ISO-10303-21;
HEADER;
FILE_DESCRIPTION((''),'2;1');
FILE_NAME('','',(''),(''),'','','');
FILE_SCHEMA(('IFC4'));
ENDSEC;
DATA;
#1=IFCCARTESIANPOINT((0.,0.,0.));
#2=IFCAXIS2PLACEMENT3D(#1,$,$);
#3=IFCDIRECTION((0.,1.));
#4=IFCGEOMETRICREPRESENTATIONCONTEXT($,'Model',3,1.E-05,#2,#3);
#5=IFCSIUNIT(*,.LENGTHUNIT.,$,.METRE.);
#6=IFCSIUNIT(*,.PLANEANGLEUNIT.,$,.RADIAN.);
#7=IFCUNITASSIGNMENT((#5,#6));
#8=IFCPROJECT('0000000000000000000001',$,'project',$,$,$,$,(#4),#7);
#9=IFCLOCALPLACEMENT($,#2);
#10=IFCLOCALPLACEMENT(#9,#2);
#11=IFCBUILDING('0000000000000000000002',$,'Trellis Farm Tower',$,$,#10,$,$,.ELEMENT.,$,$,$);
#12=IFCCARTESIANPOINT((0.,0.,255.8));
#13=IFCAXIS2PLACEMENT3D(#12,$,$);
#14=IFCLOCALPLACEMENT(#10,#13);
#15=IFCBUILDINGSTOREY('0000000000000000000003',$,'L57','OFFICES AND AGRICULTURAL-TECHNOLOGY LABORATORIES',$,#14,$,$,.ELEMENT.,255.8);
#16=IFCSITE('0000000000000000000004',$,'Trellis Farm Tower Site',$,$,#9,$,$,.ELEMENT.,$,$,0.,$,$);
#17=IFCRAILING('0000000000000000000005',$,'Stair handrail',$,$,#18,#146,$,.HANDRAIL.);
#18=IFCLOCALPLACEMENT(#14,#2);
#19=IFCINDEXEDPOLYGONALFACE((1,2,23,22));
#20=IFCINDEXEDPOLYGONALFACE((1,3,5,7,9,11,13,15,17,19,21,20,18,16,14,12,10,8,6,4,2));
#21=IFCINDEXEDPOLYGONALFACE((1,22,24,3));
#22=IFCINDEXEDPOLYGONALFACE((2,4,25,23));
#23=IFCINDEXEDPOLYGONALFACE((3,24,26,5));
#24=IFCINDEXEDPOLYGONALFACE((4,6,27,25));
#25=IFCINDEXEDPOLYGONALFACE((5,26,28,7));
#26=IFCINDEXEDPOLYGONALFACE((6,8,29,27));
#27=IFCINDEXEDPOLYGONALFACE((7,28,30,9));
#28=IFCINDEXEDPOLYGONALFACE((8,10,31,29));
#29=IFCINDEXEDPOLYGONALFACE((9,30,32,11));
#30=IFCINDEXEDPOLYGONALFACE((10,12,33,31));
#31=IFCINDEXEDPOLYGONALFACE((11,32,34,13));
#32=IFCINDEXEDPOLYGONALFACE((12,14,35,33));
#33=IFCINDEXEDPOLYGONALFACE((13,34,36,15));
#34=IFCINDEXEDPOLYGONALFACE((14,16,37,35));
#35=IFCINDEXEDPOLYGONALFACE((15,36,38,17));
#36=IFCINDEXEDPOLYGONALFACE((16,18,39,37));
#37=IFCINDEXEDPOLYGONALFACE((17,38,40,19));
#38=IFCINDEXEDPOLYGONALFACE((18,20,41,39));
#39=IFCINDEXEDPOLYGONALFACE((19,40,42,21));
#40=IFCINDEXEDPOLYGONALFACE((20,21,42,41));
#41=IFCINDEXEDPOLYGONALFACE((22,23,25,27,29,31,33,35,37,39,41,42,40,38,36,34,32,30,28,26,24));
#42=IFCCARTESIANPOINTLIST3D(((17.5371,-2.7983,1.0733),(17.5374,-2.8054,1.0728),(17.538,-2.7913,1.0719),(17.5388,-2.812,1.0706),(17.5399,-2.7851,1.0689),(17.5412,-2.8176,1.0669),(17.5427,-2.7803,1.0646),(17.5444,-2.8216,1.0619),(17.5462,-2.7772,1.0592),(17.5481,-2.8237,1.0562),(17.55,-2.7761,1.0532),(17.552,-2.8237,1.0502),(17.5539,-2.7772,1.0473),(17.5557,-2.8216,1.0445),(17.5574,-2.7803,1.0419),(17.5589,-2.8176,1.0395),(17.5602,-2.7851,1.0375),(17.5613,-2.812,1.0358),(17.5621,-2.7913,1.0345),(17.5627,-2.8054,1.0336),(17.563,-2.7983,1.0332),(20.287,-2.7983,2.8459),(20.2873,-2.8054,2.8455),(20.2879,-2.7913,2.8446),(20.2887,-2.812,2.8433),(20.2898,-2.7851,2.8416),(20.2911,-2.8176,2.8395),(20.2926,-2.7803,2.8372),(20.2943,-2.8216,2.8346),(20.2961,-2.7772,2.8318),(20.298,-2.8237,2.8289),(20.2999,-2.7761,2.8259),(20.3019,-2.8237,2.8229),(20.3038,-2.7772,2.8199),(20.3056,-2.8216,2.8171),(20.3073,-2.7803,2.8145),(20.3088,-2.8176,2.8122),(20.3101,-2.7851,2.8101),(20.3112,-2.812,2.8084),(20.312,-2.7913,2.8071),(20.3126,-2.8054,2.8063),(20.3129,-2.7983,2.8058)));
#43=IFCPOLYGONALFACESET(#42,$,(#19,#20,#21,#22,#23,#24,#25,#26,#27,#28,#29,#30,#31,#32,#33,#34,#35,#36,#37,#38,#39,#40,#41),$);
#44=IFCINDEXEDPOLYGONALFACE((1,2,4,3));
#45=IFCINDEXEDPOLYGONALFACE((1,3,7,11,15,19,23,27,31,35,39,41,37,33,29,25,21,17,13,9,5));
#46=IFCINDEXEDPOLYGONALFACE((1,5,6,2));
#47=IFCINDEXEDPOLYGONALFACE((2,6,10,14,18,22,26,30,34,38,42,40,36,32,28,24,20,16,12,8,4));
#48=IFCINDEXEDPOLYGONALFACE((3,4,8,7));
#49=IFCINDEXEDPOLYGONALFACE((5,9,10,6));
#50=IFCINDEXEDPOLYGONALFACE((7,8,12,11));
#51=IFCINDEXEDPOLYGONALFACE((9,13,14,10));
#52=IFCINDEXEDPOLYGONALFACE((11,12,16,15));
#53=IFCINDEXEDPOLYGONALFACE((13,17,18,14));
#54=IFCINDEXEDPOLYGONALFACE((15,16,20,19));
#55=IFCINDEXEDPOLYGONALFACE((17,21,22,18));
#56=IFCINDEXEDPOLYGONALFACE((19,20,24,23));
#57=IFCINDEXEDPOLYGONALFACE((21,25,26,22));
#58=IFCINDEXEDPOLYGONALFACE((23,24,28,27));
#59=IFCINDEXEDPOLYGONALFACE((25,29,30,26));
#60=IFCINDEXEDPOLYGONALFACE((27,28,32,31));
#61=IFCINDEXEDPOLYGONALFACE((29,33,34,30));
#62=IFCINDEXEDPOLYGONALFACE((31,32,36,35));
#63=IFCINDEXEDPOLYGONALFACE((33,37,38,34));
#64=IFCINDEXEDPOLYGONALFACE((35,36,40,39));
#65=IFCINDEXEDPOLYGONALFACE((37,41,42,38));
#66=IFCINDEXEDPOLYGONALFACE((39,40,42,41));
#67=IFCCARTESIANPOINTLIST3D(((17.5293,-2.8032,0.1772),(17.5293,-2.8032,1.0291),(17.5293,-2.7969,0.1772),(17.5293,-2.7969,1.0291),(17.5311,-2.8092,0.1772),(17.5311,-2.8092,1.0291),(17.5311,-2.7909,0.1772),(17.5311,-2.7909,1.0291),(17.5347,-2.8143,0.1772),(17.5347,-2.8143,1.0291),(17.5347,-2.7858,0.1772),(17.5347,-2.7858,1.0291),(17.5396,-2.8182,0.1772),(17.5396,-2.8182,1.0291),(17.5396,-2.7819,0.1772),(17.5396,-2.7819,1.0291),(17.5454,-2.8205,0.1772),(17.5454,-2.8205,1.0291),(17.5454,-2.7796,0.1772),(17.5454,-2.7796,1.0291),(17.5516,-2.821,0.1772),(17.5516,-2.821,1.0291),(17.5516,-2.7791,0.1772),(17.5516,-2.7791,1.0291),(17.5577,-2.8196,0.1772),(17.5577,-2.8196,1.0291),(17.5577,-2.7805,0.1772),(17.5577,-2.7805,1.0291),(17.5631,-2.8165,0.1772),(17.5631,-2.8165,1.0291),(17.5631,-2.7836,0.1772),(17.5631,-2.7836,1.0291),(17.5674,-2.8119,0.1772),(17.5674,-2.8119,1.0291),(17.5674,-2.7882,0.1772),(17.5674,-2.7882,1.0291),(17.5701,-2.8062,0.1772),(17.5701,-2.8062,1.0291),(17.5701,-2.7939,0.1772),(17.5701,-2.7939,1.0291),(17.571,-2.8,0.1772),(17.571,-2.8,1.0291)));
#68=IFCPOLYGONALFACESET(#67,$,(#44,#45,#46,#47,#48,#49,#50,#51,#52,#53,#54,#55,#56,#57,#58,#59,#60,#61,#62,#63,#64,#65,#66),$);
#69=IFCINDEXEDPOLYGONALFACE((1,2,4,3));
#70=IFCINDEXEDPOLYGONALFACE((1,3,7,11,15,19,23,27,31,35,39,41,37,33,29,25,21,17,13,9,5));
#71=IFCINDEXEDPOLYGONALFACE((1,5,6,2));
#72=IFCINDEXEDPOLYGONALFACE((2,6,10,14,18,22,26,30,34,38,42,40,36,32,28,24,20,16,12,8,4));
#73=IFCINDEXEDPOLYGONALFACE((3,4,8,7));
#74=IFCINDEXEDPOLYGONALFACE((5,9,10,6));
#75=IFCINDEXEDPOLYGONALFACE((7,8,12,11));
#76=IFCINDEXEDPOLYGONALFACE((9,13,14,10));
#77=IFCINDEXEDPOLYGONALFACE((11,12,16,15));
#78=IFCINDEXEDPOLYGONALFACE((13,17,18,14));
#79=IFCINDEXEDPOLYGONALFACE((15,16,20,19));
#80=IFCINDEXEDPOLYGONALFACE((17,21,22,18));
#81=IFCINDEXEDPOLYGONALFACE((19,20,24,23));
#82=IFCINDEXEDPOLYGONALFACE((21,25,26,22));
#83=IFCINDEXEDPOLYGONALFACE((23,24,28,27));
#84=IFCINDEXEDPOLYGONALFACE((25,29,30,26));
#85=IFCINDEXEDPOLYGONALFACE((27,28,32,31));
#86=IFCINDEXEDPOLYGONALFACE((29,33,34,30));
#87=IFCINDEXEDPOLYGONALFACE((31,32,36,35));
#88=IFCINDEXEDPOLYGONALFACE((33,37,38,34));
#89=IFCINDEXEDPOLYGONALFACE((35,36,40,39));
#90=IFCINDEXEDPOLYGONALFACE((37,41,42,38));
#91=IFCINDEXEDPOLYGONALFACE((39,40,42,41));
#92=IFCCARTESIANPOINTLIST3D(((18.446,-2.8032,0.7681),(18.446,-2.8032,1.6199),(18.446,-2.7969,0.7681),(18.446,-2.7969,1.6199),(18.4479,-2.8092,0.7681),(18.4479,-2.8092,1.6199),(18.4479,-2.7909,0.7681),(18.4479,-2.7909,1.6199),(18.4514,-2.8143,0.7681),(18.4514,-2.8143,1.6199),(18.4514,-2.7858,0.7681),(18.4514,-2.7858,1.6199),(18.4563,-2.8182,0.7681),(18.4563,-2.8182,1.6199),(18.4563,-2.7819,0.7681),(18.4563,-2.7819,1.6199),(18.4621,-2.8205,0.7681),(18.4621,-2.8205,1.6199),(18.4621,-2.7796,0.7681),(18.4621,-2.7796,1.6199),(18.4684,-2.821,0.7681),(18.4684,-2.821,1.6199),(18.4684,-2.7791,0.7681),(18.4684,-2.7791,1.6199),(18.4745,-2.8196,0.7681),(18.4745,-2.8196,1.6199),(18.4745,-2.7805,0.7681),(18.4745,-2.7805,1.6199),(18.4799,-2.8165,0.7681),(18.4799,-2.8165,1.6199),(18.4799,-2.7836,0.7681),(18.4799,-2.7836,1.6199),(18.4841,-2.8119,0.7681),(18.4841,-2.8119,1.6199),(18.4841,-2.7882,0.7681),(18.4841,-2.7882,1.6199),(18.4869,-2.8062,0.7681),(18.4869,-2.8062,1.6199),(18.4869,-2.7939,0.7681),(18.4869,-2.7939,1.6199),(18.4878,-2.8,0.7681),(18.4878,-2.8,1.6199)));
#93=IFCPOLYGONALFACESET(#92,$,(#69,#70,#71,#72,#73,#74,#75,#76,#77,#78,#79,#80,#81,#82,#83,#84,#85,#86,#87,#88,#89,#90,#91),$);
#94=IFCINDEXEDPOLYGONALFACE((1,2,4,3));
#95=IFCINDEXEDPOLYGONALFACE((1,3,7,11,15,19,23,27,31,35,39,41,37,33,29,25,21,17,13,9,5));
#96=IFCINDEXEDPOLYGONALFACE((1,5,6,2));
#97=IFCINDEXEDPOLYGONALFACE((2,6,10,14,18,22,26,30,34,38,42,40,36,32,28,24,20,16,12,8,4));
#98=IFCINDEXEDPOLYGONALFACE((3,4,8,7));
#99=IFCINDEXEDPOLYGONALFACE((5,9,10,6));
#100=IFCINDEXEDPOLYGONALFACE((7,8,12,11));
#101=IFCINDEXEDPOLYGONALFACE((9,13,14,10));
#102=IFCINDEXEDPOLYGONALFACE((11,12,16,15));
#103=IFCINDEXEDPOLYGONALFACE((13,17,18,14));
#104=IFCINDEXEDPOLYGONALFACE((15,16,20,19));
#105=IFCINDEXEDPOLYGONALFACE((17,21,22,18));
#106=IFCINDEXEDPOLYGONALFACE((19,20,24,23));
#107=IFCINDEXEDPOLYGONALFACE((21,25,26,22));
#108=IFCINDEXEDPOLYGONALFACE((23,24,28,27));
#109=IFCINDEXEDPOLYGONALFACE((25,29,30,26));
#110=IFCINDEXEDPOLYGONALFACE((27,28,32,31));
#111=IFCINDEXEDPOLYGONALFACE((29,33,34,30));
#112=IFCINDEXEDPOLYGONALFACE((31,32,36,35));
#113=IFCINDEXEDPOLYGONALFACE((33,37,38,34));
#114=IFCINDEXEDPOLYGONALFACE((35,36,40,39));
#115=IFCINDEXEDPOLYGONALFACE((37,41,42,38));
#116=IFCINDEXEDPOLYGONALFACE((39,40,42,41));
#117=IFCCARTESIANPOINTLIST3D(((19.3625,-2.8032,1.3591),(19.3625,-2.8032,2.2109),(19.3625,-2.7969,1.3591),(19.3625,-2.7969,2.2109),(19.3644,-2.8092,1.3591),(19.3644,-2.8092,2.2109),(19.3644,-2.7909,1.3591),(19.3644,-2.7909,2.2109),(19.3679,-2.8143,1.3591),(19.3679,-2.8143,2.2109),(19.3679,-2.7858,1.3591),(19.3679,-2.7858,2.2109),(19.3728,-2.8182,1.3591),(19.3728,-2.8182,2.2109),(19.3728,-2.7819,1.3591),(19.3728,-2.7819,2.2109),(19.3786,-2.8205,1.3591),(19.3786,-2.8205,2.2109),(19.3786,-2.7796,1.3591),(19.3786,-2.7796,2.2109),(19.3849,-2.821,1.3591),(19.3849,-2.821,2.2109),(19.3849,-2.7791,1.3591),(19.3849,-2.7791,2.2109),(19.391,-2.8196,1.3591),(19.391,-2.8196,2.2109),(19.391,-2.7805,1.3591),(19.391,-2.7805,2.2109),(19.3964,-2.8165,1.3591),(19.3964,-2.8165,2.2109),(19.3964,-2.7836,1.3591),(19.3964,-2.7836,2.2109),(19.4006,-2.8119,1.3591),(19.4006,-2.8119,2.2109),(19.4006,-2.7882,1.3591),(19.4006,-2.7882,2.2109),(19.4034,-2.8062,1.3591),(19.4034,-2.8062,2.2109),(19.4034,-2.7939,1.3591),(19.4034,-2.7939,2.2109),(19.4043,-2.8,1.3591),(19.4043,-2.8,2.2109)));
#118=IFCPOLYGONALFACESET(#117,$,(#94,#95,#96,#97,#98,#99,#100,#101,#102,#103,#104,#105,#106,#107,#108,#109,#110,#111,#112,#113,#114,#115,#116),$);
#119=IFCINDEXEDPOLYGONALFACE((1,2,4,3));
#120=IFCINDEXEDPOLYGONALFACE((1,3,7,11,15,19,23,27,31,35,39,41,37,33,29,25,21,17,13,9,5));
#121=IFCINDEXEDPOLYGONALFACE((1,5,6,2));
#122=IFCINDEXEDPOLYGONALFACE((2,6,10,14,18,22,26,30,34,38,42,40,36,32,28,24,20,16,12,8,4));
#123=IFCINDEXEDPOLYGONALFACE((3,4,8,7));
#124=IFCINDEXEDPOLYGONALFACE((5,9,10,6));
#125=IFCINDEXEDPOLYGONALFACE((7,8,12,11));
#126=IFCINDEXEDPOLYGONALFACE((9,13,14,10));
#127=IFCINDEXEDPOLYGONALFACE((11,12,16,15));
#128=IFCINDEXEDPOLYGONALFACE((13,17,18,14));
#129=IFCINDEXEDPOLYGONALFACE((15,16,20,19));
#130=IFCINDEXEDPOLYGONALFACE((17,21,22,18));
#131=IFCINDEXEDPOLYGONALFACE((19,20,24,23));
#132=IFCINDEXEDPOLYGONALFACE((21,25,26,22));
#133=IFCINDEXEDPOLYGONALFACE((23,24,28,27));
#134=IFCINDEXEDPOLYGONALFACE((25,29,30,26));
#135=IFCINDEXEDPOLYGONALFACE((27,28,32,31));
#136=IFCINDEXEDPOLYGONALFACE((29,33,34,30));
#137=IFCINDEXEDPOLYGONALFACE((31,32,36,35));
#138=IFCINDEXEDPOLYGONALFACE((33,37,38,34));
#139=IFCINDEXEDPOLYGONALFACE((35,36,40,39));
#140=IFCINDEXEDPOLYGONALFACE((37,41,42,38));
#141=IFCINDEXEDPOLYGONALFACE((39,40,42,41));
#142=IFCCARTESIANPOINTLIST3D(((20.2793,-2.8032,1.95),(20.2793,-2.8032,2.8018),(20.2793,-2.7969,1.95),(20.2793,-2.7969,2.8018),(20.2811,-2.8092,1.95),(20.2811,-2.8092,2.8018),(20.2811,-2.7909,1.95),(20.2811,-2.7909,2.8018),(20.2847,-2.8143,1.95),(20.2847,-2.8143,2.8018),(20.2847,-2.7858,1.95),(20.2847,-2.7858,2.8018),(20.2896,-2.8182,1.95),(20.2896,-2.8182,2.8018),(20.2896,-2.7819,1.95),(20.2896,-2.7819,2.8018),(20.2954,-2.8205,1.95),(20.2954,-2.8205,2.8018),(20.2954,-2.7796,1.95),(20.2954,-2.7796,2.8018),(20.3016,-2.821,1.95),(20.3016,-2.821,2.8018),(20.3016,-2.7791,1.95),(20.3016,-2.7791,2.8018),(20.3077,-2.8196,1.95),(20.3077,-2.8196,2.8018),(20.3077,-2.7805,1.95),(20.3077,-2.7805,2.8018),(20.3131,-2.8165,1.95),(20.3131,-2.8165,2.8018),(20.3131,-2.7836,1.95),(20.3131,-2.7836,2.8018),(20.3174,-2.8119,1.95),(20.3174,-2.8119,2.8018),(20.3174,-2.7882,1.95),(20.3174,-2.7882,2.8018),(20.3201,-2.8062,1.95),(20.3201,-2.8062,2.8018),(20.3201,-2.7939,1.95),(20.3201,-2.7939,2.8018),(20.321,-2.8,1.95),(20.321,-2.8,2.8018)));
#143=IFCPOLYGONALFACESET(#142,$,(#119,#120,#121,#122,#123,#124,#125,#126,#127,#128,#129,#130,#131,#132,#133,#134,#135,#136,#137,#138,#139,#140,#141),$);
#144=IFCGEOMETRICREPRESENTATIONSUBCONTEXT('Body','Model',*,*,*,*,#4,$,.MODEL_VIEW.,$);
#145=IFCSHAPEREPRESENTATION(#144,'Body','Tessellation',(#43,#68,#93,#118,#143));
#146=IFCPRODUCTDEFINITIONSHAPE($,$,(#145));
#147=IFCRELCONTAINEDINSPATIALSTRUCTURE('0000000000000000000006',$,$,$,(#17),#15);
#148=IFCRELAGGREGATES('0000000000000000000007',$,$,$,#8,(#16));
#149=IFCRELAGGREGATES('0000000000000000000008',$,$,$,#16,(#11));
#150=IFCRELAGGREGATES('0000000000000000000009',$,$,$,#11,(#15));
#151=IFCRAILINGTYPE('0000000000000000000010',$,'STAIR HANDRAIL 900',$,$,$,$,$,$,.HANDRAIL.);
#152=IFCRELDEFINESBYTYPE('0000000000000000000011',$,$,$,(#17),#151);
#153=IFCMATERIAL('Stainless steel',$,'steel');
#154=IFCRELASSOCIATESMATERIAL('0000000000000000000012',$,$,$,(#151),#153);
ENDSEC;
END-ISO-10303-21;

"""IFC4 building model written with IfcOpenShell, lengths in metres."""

from ifc_helpers import new_model, si_unit, direction, frame, origin, origin_2d, place, context, subcontext, project, spatial, circle, extrude, source, transform, mapped, material, type_object, element, save


model = new_model("IFC4")

# Units and contexts
model_context = context("Model", 3, precision=1e-05, world=origin(), true_north=direction((0.0, 1.0)))
body_context = subcontext(model_context, "Body", "Model", "MODEL_VIEW")
ifc_project = project(units=[si_unit("LENGTHUNIT", "METRE"), si_unit("PLANEANGLEUNIT", "RADIAN")], contexts=[model_context])

# Site, building, storey
site_placement = place(None, origin())
site = spatial("IfcSite", under=ifc_project, at=site_placement, Name="Trellis Farm Tower Site", CompositionType="ELEMENT", RefElevation=0.0)
building_placement = place(site_placement, origin())
building = spatial("IfcBuilding", under=site, at=building_placement, Name="Trellis Farm Tower", CompositionType="ELEMENT")
storey_placement = place(building_placement, frame((0.0, 0.0, 255.8)))
storey = spatial("IfcBuildingStorey", under=building, at=storey_placement, Name="L57", Description="OFFICES AND AGRICULTURAL-TECHNOLOGY LABORATORIES", CompositionType="ELEMENT", Elevation=255.8)

# Railing
ifc_material_1 = material(Name="Stainless steel", Category="steel")
railing_type = type_object("IfcRailingType", Name="STAIR HANDRAIL 900", PredefinedType="HANDRAIL", material=ifc_material_1)
shared_shape_1 = source(origin(), body_context, "Body", "SweptSolid", [
    extrude(circle(Radius=0.0239, at=origin_2d()), frame((0.0, 0.0, 0.876), z_axis=(0.840504, 0.0, 0.541806), x_axis=(0.0, 1.0, 0.0)), (0.0, 0.0, 1.0), 3.2717),
    extrude(circle(Radius=0.021, at=origin_2d()), origin(), (0.0, 0.0, 1.0), 0.8518),
    extrude(circle(Radius=0.021, at=origin_2d()), frame((0.9167, 0.0, 0.5908)), (0.0, 0.0, 1.0), 0.8518),
    extrude(circle(Radius=0.021, at=origin_2d()), frame((1.8333, 0.0, 1.1819)), (0.0, 0.0, 1.0), 0.8518),
    extrude(circle(Radius=0.021, at=origin_2d()), frame((2.75, 0.0, 1.7727)), (0.0, 0.0, 1.0), 0.8518),
])
for number, where, name in (
    (1, (17.55, -2.8, 0.1772), "Stair handrail"),
):
    element("IfcRailing", number, at=place(storey_placement, frame(where)), inside=storey, type_object=railing_type, Name=name, PredefinedType="HANDRAIL", context=body_context, shape_type="MappedRepresentation", body=[
        mapped(shared_shape_1, transform((0.0, 0.0, 0.0))),
    ])

save(model, "model.ifc")
